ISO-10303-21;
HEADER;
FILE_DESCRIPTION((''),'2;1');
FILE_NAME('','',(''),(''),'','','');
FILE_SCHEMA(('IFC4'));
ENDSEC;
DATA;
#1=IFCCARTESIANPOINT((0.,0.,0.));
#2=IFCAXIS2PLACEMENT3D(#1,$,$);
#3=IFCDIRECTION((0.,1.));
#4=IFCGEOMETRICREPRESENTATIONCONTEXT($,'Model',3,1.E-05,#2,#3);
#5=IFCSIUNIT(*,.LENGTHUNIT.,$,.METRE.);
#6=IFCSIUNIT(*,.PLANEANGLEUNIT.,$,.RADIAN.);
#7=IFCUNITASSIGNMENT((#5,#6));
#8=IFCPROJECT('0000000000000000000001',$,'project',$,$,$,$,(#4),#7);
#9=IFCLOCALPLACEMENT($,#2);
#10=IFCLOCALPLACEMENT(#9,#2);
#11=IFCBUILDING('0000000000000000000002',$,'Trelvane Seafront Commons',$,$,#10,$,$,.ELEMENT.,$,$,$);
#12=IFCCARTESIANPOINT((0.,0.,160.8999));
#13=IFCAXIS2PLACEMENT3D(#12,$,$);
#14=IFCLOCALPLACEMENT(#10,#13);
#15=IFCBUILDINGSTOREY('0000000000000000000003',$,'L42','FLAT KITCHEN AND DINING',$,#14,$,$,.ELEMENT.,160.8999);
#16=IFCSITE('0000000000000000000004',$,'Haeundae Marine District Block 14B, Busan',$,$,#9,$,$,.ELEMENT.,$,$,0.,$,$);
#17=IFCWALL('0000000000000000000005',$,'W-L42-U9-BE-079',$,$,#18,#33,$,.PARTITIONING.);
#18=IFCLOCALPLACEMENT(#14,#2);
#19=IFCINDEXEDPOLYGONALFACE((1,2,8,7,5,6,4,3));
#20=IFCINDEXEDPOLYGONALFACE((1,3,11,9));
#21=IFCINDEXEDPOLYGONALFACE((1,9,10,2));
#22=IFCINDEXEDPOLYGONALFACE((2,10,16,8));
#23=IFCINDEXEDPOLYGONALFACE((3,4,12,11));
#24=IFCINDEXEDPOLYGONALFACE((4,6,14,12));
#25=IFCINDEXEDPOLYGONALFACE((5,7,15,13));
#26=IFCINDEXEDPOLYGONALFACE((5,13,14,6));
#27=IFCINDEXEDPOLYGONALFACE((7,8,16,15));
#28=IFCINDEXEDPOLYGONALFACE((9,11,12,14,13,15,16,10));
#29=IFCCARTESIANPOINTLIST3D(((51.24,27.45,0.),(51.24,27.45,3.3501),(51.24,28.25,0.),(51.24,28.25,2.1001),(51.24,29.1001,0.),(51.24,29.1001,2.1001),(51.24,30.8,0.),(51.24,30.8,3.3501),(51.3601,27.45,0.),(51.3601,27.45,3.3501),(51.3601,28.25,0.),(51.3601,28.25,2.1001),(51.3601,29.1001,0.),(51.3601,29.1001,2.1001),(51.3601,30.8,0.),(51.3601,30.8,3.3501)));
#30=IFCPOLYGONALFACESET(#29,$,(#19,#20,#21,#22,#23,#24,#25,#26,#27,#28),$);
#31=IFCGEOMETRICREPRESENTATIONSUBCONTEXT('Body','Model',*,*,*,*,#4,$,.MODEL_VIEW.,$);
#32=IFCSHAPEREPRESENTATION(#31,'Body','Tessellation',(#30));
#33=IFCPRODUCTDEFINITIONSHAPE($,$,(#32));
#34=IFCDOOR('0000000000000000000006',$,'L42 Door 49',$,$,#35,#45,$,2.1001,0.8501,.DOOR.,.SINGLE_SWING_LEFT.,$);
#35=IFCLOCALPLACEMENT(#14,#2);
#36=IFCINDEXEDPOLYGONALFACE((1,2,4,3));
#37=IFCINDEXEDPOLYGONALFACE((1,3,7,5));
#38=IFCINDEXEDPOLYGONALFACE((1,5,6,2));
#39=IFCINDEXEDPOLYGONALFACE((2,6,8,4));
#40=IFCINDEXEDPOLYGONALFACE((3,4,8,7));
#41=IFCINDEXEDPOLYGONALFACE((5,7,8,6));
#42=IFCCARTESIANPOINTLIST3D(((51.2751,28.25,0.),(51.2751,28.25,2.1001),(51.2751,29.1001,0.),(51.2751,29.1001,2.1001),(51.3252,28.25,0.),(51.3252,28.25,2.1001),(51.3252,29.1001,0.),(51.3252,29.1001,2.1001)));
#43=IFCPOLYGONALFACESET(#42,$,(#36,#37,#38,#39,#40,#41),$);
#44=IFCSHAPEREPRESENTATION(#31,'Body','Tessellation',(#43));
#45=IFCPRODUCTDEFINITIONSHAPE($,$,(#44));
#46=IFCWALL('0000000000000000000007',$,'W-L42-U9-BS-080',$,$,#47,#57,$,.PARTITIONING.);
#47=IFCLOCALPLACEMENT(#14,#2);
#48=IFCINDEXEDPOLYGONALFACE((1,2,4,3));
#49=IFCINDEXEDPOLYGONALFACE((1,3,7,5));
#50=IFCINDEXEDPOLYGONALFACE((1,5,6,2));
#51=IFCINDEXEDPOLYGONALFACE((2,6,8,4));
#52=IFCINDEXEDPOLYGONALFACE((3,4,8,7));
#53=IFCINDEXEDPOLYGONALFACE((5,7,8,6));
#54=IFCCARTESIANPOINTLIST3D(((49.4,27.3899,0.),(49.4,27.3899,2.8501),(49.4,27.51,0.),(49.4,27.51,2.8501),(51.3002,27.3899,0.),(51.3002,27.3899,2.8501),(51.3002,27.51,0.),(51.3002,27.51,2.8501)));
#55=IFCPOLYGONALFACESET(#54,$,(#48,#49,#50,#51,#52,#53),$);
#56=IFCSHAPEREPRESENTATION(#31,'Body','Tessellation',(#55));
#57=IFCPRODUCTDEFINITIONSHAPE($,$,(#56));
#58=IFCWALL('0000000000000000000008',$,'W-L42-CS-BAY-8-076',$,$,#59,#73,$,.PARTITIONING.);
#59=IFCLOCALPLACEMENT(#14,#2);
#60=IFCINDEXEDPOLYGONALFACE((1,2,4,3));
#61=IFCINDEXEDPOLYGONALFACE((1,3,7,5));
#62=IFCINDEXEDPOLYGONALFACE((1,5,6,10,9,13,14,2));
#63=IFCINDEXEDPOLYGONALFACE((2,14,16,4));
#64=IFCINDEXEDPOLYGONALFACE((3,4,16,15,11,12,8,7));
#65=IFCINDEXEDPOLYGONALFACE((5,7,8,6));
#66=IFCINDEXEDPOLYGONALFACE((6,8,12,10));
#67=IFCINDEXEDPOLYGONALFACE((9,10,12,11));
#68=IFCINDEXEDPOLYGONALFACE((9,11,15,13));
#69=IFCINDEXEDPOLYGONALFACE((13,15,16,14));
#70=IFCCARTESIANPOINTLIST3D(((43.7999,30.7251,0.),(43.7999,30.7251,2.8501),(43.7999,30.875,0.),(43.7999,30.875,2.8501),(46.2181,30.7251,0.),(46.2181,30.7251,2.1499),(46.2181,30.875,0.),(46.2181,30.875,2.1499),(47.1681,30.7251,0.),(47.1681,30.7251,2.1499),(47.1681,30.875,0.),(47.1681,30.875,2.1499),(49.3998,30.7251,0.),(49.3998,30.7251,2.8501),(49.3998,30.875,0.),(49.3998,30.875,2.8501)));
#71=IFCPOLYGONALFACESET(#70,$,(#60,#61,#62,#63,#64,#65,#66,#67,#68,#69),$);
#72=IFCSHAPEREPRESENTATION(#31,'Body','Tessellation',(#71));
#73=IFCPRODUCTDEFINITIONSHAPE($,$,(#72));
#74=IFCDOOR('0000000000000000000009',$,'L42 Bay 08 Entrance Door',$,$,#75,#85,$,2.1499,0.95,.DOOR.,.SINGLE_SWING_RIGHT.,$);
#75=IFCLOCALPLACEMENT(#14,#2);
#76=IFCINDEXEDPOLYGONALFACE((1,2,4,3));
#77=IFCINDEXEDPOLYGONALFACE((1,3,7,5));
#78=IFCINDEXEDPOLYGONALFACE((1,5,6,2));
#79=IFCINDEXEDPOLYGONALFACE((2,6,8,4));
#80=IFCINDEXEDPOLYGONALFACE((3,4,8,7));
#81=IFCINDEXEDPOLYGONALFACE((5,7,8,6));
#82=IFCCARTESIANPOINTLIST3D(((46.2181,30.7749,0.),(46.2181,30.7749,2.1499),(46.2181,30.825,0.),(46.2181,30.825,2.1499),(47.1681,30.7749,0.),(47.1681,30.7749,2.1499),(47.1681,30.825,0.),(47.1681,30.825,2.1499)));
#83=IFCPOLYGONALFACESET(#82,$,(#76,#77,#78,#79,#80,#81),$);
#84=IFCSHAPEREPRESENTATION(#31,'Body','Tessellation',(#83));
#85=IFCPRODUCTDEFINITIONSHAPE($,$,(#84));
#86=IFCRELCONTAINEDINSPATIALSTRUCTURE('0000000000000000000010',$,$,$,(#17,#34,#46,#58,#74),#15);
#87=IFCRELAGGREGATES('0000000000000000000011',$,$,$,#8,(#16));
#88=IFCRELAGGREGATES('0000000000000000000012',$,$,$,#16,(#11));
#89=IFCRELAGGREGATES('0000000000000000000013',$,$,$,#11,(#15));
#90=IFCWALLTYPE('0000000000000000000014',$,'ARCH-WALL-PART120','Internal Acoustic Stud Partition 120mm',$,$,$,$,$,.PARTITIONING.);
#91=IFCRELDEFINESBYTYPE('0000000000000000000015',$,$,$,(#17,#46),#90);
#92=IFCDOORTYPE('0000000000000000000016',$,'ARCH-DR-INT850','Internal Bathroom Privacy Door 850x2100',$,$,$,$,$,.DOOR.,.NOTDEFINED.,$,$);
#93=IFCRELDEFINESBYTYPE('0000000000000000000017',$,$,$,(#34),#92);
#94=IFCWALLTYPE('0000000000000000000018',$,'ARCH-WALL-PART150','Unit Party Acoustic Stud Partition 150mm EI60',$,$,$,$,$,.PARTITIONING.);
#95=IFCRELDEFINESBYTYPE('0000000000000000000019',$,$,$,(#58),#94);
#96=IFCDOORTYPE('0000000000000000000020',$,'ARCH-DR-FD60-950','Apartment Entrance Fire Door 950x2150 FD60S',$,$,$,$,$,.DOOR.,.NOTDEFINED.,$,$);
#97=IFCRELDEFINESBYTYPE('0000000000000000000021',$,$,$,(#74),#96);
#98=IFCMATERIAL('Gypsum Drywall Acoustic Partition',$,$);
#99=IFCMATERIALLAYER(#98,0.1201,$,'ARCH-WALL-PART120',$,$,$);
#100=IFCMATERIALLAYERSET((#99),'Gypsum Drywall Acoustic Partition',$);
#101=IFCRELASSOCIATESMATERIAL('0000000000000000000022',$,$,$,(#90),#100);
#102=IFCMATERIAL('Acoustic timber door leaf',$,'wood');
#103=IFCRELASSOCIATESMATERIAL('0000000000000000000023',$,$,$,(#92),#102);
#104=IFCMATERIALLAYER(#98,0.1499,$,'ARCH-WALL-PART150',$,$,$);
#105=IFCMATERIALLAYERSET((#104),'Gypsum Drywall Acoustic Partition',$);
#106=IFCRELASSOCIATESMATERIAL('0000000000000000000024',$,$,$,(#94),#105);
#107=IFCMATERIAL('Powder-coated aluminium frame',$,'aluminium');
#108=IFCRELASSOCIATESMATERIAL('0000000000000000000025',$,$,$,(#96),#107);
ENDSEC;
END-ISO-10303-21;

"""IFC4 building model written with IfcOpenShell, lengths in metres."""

from ifc_helpers import new_model, si_unit, direction, frame, frame_2d, origin, place, context, subcontext, project, spatial, rectangle, extrude, source, transform, mapped, material, layer, layer_set, type_object, element, fill, save


model = new_model("IFC4")

# Units and contexts
model_context = context("Model", 3, precision=1e-05, world=origin(), true_north=direction((0.0, 1.0)))
body_context = subcontext(model_context, "Body", "Model", "MODEL_VIEW")
ifc_project = project(units=[si_unit("LENGTHUNIT", "METRE"), si_unit("PLANEANGLEUNIT", "RADIAN")], contexts=[model_context])

# Site, building, storey
site_placement = place(None, origin())
site = spatial("IfcSite", under=ifc_project, at=site_placement, Name="Haeundae Marine District Block 14B, Busan", CompositionType="ELEMENT", RefElevation=0.0)
building_placement = place(site_placement, origin())
building = spatial("IfcBuilding", under=site, at=building_placement, Name="Trelvane Seafront Commons", CompositionType="ELEMENT")
storey_placement = place(building_placement, frame((0.0, 0.0, 160.8999)))
storey = spatial("IfcBuildingStorey", under=building, at=storey_placement, Name="L42", Description="FLAT KITCHEN AND DINING", CompositionType="ELEMENT", Elevation=160.8999)

# Wall, opening, door
ifc_material_1 = material(Name="Gypsum Drywall Acoustic Partition")
ifc_layer_1 = layer(ifc_material_1, 0.1201, Name="ARCH-WALL-PART120")
ifc_layer_set_1 = layer_set([ifc_layer_1], Name="Gypsum Drywall Acoustic Partition")
wall_type_1 = type_object("IfcWallType", Name="ARCH-WALL-PART120", Description="Internal Acoustic Stud Partition 120mm", PredefinedType="PARTITIONING", material=ifc_layer_set_1)
ifc_material_2 = material(Name="Acoustic timber door leaf", Category="wood")
shared_shape_1 = source(origin(), body_context, "Body", "SweptSolid", [
    extrude(rectangle(XDim=0.95, YDim=2.1499, at=frame_2d((0.4751, 1.075))), frame((0.0, 0.0249, 0.0), z_axis=(0.0, -1.0, 0.0), x_axis=(1.0, 0.0, 0.0)), (0.0, 0.0, 1.0), 0.05),
])
wall_1_placement = place(storey_placement, frame((51.3, 27.45, 0.0), z_axis=(0.0, 0.0, 1.0), x_axis=(0.0, 1.0, 0.0)))
wall_1 = element("IfcWall", 1, at=wall_1_placement, inside=storey, type_object=wall_type_1, Name="W-L42-U9-BE-079", PredefinedType="PARTITIONING", context=body_context, shape_type="SweptSolid", body=[
    extrude(rectangle(XDim=3.3501, YDim=0.1201, at=frame_2d((1.675, 0.0))), origin(), (0.0, 0.0, 1.0), 3.3501),
])
opening_1_placement = place(wall_1_placement, frame((0.8, 0.0, 0.0)))
opening_1 = element("IfcOpeningElement", 2, at=opening_1_placement, cuts=wall_1, PredefinedType="OPENING", context=body_context, shape_type="SweptSolid", body=[
    extrude(rectangle(XDim=0.8501, YDim=2.1001, at=frame_2d((0.425, 1.05))), frame((0.0, 0.0701, 0.0), z_axis=(0.0, -1.0, 0.0), x_axis=(1.0, 0.0, 0.0)), (0.0, 0.0, 1.0), 0.1401),
])
door_type_1 = type_object("IfcDoorType", Name="ARCH-DR-INT850", Description="Internal Bathroom Privacy Door 850x2100", OperationType="NOTDEFINED", PredefinedType="DOOR", material=ifc_material_2)
shared_shape_2 = source(origin(), body_context, "Body", "SweptSolid", [
    extrude(rectangle(XDim=0.8501, YDim=2.1001, at=frame_2d((0.425, 1.05))), frame((0.0, 0.0249, 0.0), z_axis=(0.0, -1.0, 0.0), x_axis=(1.0, 0.0, 0.0)), (0.0, 0.0, 1.0), 0.05),
])
door_1_placement = place(opening_1_placement, origin())
door_1 = element("IfcDoor", 3, at=door_1_placement, inside=storey, type_object=door_type_1, Name="L42 Door 49", OperationType="SINGLE_SWING_LEFT", OverallHeight=2.1001, OverallWidth=0.8501, PredefinedType="DOOR", context=body_context, shape_type="MappedRepresentation", body=[
    mapped(shared_shape_2, transform((0.0, 0.0, 0.0), x_axis=(1.0, 0.0, 0.0), y_axis=(0.0, 1.0, 0.0), z_axis=(0.0, 0.0, 1.0), scale=1.0)),
])
fill(opening_1, door_1)

# Wall
wall_2_placement = place(storey_placement, frame((49.3999, 27.45, 0.0), z_axis=(0.0, 0.0, 1.0), x_axis=(1.0, 0.0, 0.0)))
element("IfcWall", 4, at=wall_2_placement, inside=storey, type_object=wall_type_1, Name="W-L42-U9-BS-080", PredefinedType="PARTITIONING", context=body_context, shape_type="SweptSolid", body=[
    extrude(rectangle(XDim=1.9001, YDim=0.1201, at=frame_2d((0.9502, 0.0))), origin(), (0.0, 0.0, 1.0), 2.8501),
])

# Wall, opening, door
ifc_layer_2 = layer(ifc_material_1, 0.1499, Name="ARCH-WALL-PART150")
ifc_layer_set_2 = layer_set([ifc_layer_2], Name="Gypsum Drywall Acoustic Partition")
wall_type_2 = type_object("IfcWallType", Name="ARCH-WALL-PART150", Description="Unit Party Acoustic Stud Partition 150mm EI60", PredefinedType="PARTITIONING", material=ifc_layer_set_2)
wall_3_placement = place(storey_placement, frame((43.8, 30.8, 0.0), z_axis=(0.0, 0.0, 1.0), x_axis=(1.0, 0.0, 0.0)))
wall_3 = element("IfcWall", 5, at=wall_3_placement, inside=storey, type_object=wall_type_2, Name="W-L42-CS-BAY-8-076", PredefinedType="PARTITIONING", context=body_context, shape_type="SweptSolid", body=[
    extrude(rectangle(XDim=5.5999, YDim=0.1499, at=frame_2d((2.7998, 0.0))), origin(), (0.0, 0.0, 1.0), 2.8501),
])
opening_2_placement = place(wall_3_placement, frame((2.418, 0.0, 0.0)))
opening_2 = element("IfcOpeningElement", 6, at=opening_2_placement, cuts=wall_3, PredefinedType="OPENING", context=body_context, shape_type="SweptSolid", body=[
    extrude(rectangle(XDim=0.95, YDim=2.1499, at=frame_2d((0.4751, 1.075))), frame((0.0, 0.085, 0.0), z_axis=(0.0, -1.0, 0.0), x_axis=(1.0, 0.0, 0.0)), (0.0, 0.0, 1.0), 0.1699),
])
ifc_material_3 = material(Name="Powder-coated aluminium frame", Category="aluminium")
door_type_2 = type_object("IfcDoorType", Name="ARCH-DR-FD60-950", Description="Apartment Entrance Fire Door 950x2150 FD60S", OperationType="NOTDEFINED", PredefinedType="DOOR", material=ifc_material_3)
door_2_placement = place(opening_2_placement, origin())
door_2 = element("IfcDoor", 7, at=door_2_placement, inside=storey, type_object=door_type_2, Name="L42 Bay 08 Entrance Door", OperationType="SINGLE_SWING_RIGHT", OverallHeight=2.1499, OverallWidth=0.95, PredefinedType="DOOR", context=body_context, shape_type="MappedRepresentation", body=[
    mapped(shared_shape_1, transform((0.0, 0.0, 0.0), x_axis=(1.0, 0.0, 0.0), y_axis=(0.0, 1.0, 0.0), z_axis=(0.0, 0.0, 1.0), scale=1.0)),
])
fill(opening_2, door_2)

save(model, "model.ifc")
